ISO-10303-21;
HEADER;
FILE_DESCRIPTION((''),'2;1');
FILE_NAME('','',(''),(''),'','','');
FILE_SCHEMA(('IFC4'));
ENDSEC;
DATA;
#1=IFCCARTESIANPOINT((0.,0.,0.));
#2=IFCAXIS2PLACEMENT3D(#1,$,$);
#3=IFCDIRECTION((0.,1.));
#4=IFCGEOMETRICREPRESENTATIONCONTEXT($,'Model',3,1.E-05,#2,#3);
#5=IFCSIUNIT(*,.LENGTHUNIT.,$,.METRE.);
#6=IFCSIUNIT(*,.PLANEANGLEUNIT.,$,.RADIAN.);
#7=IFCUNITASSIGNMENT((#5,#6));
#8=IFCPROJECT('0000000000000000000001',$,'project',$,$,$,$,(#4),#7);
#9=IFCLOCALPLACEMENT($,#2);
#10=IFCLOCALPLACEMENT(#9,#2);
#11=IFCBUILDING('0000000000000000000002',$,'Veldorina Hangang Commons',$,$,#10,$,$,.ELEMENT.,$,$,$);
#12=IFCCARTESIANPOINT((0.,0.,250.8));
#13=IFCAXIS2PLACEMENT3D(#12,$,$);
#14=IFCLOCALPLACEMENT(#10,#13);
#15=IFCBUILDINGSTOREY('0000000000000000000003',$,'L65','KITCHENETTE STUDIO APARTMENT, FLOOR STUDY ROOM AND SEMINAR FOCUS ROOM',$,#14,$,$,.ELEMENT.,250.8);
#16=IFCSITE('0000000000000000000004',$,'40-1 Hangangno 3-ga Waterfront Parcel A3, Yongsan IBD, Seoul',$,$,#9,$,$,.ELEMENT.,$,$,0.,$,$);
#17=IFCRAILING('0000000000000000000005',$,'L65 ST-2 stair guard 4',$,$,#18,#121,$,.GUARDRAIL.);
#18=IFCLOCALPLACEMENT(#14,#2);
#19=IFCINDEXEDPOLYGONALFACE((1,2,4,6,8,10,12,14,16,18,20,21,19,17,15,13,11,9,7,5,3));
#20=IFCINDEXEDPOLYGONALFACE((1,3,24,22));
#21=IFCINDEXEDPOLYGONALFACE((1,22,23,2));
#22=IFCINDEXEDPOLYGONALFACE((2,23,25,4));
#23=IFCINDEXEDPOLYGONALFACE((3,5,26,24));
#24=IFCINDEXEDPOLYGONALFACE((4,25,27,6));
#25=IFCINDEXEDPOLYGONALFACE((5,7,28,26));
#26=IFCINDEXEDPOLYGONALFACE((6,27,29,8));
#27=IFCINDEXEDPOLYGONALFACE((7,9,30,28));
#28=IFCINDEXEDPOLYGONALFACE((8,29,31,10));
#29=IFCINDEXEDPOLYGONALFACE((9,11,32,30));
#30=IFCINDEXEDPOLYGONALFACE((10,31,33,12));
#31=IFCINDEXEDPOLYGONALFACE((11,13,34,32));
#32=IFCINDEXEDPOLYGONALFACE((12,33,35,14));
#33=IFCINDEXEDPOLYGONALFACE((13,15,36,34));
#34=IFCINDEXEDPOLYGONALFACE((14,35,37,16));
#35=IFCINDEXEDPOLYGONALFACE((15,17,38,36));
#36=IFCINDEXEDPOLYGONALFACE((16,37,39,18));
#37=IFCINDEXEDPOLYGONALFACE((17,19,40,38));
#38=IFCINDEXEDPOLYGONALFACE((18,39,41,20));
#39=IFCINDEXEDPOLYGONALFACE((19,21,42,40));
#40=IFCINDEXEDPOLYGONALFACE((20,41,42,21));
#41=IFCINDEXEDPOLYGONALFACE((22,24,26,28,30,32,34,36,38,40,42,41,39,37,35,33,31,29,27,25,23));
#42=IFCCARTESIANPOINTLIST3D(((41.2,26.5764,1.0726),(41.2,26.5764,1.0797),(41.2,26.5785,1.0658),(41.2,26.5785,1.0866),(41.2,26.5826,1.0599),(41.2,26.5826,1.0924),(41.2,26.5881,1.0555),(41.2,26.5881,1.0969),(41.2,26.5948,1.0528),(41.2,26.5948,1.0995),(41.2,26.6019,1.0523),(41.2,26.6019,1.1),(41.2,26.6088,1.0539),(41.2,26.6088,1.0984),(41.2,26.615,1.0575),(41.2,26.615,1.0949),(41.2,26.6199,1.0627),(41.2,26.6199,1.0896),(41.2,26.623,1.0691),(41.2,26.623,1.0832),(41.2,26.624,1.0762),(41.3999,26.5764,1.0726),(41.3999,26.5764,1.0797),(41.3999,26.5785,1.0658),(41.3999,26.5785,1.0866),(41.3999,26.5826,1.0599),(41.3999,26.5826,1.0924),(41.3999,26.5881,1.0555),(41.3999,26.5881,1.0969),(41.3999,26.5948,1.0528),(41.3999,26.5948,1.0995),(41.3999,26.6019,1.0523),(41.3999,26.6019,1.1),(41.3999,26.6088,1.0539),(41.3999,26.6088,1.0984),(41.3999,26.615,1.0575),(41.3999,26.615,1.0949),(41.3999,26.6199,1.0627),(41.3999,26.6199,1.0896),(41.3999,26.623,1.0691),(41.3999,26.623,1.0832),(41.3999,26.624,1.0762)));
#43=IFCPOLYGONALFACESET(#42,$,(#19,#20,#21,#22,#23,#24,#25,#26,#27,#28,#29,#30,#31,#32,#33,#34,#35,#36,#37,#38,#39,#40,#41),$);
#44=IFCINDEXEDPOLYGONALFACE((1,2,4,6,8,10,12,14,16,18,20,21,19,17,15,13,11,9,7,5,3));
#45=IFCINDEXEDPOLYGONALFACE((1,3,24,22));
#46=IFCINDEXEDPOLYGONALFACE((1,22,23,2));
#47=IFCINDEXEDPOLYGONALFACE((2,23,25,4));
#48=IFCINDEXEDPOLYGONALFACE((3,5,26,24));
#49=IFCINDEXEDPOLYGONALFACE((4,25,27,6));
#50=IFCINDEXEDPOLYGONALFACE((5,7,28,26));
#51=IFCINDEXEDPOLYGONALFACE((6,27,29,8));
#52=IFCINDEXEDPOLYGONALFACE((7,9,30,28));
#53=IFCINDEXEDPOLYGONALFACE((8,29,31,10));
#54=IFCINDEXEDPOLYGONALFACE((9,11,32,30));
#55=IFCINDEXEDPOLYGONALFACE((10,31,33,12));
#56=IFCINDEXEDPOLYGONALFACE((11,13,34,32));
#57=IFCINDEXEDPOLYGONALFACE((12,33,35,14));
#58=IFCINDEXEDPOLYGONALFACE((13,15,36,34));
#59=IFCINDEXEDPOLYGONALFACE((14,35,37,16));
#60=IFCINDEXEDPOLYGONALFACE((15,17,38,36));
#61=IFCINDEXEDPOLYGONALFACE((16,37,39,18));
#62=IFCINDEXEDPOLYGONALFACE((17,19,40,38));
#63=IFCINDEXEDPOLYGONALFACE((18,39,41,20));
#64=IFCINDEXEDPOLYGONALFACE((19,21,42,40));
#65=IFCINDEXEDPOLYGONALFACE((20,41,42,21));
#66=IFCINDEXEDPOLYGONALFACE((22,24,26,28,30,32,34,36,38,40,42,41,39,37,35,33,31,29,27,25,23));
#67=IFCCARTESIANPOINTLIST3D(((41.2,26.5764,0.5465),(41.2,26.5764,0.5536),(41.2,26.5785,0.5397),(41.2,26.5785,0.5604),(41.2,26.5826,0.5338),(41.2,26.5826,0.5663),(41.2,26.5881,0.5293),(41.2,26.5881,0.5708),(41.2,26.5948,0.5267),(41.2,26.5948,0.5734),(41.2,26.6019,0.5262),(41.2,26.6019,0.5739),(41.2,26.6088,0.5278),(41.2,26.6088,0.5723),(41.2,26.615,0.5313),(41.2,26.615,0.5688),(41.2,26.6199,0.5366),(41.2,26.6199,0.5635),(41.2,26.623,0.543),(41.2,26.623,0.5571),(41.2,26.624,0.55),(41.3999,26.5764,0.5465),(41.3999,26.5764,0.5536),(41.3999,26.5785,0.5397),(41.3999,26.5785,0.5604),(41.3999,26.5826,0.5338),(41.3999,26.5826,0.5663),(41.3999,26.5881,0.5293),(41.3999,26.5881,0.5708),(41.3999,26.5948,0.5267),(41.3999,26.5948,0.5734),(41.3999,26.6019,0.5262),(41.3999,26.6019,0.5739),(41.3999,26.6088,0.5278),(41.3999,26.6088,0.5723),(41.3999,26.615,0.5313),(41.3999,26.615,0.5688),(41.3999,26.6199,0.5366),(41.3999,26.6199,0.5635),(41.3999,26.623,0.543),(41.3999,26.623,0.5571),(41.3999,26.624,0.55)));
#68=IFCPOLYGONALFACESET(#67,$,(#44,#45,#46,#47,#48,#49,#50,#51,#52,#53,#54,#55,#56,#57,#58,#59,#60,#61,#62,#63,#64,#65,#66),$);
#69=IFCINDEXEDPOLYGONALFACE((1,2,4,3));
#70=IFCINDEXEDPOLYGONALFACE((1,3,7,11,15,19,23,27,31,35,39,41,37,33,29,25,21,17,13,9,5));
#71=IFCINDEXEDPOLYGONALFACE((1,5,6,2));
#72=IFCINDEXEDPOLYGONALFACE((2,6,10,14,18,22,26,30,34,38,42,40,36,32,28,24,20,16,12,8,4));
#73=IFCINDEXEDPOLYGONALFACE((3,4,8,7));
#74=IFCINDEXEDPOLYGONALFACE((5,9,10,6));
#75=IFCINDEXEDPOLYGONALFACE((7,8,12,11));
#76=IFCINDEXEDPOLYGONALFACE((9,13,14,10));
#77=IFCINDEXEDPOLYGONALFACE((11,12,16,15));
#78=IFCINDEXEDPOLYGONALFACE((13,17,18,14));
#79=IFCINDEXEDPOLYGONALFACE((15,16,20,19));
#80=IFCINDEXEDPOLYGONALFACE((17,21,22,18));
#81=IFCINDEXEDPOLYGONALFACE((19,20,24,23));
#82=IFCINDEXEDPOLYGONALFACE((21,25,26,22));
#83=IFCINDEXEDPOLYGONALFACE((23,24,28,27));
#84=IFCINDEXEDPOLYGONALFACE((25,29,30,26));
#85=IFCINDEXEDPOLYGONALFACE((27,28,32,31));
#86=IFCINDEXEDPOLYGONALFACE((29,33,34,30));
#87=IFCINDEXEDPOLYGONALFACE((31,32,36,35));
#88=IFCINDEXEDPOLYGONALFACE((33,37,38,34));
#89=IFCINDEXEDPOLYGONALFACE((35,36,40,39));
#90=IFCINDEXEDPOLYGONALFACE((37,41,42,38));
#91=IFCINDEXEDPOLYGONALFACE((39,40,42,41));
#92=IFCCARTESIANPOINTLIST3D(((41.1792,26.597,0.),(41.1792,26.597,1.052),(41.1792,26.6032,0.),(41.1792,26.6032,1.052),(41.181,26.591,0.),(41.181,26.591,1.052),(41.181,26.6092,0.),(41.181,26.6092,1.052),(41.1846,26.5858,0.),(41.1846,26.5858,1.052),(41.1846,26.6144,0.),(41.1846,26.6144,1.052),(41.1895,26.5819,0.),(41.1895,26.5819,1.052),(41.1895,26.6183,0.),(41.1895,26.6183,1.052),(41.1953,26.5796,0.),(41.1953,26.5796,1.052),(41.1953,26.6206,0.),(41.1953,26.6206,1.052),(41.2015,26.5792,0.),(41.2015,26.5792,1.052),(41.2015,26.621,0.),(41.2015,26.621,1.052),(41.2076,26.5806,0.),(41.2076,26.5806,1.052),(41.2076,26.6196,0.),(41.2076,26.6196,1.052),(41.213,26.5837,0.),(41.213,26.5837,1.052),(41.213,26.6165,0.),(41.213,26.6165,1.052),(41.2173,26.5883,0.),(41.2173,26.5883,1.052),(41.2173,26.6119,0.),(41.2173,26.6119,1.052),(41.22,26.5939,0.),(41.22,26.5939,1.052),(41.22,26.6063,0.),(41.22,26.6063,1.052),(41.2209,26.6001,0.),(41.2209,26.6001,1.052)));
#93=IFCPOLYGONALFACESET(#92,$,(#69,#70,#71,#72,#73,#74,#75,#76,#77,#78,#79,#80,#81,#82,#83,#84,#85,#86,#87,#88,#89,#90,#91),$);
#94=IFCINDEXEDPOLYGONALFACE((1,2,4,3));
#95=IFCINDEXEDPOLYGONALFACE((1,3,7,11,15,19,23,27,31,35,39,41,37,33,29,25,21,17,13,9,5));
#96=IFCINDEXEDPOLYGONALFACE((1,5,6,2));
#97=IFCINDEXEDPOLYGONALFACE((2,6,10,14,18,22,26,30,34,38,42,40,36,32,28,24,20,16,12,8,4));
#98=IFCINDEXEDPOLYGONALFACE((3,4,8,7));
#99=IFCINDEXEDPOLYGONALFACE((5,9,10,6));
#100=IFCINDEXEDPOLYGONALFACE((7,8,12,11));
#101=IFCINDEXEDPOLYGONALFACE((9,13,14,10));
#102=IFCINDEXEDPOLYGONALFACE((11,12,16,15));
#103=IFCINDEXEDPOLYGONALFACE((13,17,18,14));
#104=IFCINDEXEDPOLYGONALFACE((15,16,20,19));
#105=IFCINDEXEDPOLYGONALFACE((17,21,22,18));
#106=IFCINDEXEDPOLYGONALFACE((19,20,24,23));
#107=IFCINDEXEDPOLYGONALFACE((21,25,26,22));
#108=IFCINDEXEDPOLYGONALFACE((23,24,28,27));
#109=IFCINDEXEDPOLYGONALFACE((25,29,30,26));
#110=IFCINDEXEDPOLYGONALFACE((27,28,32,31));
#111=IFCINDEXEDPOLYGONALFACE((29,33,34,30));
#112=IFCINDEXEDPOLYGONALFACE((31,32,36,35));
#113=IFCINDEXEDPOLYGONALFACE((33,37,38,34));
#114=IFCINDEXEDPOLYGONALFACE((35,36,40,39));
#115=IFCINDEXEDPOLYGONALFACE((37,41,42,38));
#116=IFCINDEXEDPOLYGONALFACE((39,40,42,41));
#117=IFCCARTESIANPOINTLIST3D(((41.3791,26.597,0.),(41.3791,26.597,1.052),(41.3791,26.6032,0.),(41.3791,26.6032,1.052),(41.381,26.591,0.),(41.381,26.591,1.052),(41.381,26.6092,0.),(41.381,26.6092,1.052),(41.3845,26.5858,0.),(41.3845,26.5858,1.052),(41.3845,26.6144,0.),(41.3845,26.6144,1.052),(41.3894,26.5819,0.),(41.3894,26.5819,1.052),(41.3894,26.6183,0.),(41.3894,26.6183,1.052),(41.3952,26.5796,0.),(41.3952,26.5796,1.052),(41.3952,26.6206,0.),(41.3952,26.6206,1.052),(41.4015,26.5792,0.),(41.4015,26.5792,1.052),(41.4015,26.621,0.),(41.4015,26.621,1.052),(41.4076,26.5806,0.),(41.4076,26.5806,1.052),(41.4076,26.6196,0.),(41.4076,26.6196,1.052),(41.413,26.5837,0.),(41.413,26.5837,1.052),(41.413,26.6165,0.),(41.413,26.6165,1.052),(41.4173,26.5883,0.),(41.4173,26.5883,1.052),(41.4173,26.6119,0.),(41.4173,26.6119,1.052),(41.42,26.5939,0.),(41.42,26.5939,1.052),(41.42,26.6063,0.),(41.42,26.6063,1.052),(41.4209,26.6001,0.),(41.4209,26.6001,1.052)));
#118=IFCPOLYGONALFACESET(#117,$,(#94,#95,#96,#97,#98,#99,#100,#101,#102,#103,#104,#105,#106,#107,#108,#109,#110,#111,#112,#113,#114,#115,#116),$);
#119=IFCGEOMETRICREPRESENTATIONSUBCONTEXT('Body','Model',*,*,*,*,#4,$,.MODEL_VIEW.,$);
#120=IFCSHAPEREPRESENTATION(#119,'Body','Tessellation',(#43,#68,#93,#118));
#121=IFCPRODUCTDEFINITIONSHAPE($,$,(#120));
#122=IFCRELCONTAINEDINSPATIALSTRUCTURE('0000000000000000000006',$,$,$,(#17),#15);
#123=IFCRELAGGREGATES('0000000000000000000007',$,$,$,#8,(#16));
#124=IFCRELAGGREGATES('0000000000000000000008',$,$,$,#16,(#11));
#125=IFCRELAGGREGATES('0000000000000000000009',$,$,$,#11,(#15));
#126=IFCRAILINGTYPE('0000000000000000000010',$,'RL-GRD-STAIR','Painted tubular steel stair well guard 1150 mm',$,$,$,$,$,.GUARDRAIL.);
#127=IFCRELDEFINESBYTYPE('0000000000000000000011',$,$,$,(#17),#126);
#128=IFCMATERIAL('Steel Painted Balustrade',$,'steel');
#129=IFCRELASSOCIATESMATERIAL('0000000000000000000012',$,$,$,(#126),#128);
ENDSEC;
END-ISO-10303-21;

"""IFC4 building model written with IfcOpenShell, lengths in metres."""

from ifc_helpers import new_model, si_unit, direction, frame, origin, origin_2d, place, context, subcontext, project, spatial, circle, extrude, material, type_object, element, save


model = new_model("IFC4")

# Units and contexts
model_context = context("Model", 3, precision=1e-05, world=origin(), true_north=direction((0.0, 1.0)))
body_context = subcontext(model_context, "Body", "Model", "MODEL_VIEW")
ifc_project = project(units=[si_unit("LENGTHUNIT", "METRE"), si_unit("PLANEANGLEUNIT", "RADIAN")], contexts=[model_context])

# Site, building, storey
site_placement = place(None, origin())
site = spatial("IfcSite", under=ifc_project, at=site_placement, Name="40-1 Hangangno 3-ga Waterfront Parcel A3, Yongsan IBD, Seoul", CompositionType="ELEMENT", RefElevation=0.0)
building_placement = place(site_placement, origin())
building = spatial("IfcBuilding", under=site, at=building_placement, Name="Veldorina Hangang Commons", CompositionType="ELEMENT")
storey_placement = place(building_placement, frame((0.0, 0.0, 250.8)))
storey = spatial("IfcBuildingStorey", under=building, at=storey_placement, Name="L65", Description="KITCHENETTE STUDIO APARTMENT, FLOOR STUDY ROOM AND SEMINAR FOCUS ROOM", CompositionType="ELEMENT", Elevation=250.8)

# Railing
ifc_material_1 = material(Name="Steel Painted Balustrade", Category="steel")
railing_type_1 = type_object("IfcRailingType", Name="RL-GRD-STAIR", Description="Painted tubular steel stair well guard 1150 mm", PredefinedType="GUARDRAIL", material=ifc_material_1)
railing_1_placement = place(storey_placement, frame((41.2, 26.6001, 0.0)))
element("IfcRailing", 1, at=railing_1_placement, inside=storey, type_object=railing_type_1, Name="L65 ST-2 stair guard 4", PredefinedType="GUARDRAIL", context=body_context, shape_type="SweptSolid", body=[
    extrude(circle(Radius=0.0239, at=origin_2d()), frame((0.0, 0.0, 1.0762), z_axis=(1.0, 0.0, 0.0), x_axis=(0.0, 1.0, 0.0)), (0.0, 0.0, 1.0), 0.2),
    extrude(circle(Radius=0.0239, at=origin_2d()), frame((0.0, 0.0, 0.55), z_axis=(1.0, 0.0, 0.0), x_axis=(0.0, 1.0, 0.0)), (0.0, 0.0, 1.0), 0.2),
    extrude(circle(Radius=0.021, at=origin_2d()), origin(), (0.0, 0.0, 1.0), 1.052),
    extrude(circle(Radius=0.021, at=origin_2d()), frame((0.2, 0.0, 0.0)), (0.0, 0.0, 1.0), 1.052),
])

save(model, "model.ifc")
